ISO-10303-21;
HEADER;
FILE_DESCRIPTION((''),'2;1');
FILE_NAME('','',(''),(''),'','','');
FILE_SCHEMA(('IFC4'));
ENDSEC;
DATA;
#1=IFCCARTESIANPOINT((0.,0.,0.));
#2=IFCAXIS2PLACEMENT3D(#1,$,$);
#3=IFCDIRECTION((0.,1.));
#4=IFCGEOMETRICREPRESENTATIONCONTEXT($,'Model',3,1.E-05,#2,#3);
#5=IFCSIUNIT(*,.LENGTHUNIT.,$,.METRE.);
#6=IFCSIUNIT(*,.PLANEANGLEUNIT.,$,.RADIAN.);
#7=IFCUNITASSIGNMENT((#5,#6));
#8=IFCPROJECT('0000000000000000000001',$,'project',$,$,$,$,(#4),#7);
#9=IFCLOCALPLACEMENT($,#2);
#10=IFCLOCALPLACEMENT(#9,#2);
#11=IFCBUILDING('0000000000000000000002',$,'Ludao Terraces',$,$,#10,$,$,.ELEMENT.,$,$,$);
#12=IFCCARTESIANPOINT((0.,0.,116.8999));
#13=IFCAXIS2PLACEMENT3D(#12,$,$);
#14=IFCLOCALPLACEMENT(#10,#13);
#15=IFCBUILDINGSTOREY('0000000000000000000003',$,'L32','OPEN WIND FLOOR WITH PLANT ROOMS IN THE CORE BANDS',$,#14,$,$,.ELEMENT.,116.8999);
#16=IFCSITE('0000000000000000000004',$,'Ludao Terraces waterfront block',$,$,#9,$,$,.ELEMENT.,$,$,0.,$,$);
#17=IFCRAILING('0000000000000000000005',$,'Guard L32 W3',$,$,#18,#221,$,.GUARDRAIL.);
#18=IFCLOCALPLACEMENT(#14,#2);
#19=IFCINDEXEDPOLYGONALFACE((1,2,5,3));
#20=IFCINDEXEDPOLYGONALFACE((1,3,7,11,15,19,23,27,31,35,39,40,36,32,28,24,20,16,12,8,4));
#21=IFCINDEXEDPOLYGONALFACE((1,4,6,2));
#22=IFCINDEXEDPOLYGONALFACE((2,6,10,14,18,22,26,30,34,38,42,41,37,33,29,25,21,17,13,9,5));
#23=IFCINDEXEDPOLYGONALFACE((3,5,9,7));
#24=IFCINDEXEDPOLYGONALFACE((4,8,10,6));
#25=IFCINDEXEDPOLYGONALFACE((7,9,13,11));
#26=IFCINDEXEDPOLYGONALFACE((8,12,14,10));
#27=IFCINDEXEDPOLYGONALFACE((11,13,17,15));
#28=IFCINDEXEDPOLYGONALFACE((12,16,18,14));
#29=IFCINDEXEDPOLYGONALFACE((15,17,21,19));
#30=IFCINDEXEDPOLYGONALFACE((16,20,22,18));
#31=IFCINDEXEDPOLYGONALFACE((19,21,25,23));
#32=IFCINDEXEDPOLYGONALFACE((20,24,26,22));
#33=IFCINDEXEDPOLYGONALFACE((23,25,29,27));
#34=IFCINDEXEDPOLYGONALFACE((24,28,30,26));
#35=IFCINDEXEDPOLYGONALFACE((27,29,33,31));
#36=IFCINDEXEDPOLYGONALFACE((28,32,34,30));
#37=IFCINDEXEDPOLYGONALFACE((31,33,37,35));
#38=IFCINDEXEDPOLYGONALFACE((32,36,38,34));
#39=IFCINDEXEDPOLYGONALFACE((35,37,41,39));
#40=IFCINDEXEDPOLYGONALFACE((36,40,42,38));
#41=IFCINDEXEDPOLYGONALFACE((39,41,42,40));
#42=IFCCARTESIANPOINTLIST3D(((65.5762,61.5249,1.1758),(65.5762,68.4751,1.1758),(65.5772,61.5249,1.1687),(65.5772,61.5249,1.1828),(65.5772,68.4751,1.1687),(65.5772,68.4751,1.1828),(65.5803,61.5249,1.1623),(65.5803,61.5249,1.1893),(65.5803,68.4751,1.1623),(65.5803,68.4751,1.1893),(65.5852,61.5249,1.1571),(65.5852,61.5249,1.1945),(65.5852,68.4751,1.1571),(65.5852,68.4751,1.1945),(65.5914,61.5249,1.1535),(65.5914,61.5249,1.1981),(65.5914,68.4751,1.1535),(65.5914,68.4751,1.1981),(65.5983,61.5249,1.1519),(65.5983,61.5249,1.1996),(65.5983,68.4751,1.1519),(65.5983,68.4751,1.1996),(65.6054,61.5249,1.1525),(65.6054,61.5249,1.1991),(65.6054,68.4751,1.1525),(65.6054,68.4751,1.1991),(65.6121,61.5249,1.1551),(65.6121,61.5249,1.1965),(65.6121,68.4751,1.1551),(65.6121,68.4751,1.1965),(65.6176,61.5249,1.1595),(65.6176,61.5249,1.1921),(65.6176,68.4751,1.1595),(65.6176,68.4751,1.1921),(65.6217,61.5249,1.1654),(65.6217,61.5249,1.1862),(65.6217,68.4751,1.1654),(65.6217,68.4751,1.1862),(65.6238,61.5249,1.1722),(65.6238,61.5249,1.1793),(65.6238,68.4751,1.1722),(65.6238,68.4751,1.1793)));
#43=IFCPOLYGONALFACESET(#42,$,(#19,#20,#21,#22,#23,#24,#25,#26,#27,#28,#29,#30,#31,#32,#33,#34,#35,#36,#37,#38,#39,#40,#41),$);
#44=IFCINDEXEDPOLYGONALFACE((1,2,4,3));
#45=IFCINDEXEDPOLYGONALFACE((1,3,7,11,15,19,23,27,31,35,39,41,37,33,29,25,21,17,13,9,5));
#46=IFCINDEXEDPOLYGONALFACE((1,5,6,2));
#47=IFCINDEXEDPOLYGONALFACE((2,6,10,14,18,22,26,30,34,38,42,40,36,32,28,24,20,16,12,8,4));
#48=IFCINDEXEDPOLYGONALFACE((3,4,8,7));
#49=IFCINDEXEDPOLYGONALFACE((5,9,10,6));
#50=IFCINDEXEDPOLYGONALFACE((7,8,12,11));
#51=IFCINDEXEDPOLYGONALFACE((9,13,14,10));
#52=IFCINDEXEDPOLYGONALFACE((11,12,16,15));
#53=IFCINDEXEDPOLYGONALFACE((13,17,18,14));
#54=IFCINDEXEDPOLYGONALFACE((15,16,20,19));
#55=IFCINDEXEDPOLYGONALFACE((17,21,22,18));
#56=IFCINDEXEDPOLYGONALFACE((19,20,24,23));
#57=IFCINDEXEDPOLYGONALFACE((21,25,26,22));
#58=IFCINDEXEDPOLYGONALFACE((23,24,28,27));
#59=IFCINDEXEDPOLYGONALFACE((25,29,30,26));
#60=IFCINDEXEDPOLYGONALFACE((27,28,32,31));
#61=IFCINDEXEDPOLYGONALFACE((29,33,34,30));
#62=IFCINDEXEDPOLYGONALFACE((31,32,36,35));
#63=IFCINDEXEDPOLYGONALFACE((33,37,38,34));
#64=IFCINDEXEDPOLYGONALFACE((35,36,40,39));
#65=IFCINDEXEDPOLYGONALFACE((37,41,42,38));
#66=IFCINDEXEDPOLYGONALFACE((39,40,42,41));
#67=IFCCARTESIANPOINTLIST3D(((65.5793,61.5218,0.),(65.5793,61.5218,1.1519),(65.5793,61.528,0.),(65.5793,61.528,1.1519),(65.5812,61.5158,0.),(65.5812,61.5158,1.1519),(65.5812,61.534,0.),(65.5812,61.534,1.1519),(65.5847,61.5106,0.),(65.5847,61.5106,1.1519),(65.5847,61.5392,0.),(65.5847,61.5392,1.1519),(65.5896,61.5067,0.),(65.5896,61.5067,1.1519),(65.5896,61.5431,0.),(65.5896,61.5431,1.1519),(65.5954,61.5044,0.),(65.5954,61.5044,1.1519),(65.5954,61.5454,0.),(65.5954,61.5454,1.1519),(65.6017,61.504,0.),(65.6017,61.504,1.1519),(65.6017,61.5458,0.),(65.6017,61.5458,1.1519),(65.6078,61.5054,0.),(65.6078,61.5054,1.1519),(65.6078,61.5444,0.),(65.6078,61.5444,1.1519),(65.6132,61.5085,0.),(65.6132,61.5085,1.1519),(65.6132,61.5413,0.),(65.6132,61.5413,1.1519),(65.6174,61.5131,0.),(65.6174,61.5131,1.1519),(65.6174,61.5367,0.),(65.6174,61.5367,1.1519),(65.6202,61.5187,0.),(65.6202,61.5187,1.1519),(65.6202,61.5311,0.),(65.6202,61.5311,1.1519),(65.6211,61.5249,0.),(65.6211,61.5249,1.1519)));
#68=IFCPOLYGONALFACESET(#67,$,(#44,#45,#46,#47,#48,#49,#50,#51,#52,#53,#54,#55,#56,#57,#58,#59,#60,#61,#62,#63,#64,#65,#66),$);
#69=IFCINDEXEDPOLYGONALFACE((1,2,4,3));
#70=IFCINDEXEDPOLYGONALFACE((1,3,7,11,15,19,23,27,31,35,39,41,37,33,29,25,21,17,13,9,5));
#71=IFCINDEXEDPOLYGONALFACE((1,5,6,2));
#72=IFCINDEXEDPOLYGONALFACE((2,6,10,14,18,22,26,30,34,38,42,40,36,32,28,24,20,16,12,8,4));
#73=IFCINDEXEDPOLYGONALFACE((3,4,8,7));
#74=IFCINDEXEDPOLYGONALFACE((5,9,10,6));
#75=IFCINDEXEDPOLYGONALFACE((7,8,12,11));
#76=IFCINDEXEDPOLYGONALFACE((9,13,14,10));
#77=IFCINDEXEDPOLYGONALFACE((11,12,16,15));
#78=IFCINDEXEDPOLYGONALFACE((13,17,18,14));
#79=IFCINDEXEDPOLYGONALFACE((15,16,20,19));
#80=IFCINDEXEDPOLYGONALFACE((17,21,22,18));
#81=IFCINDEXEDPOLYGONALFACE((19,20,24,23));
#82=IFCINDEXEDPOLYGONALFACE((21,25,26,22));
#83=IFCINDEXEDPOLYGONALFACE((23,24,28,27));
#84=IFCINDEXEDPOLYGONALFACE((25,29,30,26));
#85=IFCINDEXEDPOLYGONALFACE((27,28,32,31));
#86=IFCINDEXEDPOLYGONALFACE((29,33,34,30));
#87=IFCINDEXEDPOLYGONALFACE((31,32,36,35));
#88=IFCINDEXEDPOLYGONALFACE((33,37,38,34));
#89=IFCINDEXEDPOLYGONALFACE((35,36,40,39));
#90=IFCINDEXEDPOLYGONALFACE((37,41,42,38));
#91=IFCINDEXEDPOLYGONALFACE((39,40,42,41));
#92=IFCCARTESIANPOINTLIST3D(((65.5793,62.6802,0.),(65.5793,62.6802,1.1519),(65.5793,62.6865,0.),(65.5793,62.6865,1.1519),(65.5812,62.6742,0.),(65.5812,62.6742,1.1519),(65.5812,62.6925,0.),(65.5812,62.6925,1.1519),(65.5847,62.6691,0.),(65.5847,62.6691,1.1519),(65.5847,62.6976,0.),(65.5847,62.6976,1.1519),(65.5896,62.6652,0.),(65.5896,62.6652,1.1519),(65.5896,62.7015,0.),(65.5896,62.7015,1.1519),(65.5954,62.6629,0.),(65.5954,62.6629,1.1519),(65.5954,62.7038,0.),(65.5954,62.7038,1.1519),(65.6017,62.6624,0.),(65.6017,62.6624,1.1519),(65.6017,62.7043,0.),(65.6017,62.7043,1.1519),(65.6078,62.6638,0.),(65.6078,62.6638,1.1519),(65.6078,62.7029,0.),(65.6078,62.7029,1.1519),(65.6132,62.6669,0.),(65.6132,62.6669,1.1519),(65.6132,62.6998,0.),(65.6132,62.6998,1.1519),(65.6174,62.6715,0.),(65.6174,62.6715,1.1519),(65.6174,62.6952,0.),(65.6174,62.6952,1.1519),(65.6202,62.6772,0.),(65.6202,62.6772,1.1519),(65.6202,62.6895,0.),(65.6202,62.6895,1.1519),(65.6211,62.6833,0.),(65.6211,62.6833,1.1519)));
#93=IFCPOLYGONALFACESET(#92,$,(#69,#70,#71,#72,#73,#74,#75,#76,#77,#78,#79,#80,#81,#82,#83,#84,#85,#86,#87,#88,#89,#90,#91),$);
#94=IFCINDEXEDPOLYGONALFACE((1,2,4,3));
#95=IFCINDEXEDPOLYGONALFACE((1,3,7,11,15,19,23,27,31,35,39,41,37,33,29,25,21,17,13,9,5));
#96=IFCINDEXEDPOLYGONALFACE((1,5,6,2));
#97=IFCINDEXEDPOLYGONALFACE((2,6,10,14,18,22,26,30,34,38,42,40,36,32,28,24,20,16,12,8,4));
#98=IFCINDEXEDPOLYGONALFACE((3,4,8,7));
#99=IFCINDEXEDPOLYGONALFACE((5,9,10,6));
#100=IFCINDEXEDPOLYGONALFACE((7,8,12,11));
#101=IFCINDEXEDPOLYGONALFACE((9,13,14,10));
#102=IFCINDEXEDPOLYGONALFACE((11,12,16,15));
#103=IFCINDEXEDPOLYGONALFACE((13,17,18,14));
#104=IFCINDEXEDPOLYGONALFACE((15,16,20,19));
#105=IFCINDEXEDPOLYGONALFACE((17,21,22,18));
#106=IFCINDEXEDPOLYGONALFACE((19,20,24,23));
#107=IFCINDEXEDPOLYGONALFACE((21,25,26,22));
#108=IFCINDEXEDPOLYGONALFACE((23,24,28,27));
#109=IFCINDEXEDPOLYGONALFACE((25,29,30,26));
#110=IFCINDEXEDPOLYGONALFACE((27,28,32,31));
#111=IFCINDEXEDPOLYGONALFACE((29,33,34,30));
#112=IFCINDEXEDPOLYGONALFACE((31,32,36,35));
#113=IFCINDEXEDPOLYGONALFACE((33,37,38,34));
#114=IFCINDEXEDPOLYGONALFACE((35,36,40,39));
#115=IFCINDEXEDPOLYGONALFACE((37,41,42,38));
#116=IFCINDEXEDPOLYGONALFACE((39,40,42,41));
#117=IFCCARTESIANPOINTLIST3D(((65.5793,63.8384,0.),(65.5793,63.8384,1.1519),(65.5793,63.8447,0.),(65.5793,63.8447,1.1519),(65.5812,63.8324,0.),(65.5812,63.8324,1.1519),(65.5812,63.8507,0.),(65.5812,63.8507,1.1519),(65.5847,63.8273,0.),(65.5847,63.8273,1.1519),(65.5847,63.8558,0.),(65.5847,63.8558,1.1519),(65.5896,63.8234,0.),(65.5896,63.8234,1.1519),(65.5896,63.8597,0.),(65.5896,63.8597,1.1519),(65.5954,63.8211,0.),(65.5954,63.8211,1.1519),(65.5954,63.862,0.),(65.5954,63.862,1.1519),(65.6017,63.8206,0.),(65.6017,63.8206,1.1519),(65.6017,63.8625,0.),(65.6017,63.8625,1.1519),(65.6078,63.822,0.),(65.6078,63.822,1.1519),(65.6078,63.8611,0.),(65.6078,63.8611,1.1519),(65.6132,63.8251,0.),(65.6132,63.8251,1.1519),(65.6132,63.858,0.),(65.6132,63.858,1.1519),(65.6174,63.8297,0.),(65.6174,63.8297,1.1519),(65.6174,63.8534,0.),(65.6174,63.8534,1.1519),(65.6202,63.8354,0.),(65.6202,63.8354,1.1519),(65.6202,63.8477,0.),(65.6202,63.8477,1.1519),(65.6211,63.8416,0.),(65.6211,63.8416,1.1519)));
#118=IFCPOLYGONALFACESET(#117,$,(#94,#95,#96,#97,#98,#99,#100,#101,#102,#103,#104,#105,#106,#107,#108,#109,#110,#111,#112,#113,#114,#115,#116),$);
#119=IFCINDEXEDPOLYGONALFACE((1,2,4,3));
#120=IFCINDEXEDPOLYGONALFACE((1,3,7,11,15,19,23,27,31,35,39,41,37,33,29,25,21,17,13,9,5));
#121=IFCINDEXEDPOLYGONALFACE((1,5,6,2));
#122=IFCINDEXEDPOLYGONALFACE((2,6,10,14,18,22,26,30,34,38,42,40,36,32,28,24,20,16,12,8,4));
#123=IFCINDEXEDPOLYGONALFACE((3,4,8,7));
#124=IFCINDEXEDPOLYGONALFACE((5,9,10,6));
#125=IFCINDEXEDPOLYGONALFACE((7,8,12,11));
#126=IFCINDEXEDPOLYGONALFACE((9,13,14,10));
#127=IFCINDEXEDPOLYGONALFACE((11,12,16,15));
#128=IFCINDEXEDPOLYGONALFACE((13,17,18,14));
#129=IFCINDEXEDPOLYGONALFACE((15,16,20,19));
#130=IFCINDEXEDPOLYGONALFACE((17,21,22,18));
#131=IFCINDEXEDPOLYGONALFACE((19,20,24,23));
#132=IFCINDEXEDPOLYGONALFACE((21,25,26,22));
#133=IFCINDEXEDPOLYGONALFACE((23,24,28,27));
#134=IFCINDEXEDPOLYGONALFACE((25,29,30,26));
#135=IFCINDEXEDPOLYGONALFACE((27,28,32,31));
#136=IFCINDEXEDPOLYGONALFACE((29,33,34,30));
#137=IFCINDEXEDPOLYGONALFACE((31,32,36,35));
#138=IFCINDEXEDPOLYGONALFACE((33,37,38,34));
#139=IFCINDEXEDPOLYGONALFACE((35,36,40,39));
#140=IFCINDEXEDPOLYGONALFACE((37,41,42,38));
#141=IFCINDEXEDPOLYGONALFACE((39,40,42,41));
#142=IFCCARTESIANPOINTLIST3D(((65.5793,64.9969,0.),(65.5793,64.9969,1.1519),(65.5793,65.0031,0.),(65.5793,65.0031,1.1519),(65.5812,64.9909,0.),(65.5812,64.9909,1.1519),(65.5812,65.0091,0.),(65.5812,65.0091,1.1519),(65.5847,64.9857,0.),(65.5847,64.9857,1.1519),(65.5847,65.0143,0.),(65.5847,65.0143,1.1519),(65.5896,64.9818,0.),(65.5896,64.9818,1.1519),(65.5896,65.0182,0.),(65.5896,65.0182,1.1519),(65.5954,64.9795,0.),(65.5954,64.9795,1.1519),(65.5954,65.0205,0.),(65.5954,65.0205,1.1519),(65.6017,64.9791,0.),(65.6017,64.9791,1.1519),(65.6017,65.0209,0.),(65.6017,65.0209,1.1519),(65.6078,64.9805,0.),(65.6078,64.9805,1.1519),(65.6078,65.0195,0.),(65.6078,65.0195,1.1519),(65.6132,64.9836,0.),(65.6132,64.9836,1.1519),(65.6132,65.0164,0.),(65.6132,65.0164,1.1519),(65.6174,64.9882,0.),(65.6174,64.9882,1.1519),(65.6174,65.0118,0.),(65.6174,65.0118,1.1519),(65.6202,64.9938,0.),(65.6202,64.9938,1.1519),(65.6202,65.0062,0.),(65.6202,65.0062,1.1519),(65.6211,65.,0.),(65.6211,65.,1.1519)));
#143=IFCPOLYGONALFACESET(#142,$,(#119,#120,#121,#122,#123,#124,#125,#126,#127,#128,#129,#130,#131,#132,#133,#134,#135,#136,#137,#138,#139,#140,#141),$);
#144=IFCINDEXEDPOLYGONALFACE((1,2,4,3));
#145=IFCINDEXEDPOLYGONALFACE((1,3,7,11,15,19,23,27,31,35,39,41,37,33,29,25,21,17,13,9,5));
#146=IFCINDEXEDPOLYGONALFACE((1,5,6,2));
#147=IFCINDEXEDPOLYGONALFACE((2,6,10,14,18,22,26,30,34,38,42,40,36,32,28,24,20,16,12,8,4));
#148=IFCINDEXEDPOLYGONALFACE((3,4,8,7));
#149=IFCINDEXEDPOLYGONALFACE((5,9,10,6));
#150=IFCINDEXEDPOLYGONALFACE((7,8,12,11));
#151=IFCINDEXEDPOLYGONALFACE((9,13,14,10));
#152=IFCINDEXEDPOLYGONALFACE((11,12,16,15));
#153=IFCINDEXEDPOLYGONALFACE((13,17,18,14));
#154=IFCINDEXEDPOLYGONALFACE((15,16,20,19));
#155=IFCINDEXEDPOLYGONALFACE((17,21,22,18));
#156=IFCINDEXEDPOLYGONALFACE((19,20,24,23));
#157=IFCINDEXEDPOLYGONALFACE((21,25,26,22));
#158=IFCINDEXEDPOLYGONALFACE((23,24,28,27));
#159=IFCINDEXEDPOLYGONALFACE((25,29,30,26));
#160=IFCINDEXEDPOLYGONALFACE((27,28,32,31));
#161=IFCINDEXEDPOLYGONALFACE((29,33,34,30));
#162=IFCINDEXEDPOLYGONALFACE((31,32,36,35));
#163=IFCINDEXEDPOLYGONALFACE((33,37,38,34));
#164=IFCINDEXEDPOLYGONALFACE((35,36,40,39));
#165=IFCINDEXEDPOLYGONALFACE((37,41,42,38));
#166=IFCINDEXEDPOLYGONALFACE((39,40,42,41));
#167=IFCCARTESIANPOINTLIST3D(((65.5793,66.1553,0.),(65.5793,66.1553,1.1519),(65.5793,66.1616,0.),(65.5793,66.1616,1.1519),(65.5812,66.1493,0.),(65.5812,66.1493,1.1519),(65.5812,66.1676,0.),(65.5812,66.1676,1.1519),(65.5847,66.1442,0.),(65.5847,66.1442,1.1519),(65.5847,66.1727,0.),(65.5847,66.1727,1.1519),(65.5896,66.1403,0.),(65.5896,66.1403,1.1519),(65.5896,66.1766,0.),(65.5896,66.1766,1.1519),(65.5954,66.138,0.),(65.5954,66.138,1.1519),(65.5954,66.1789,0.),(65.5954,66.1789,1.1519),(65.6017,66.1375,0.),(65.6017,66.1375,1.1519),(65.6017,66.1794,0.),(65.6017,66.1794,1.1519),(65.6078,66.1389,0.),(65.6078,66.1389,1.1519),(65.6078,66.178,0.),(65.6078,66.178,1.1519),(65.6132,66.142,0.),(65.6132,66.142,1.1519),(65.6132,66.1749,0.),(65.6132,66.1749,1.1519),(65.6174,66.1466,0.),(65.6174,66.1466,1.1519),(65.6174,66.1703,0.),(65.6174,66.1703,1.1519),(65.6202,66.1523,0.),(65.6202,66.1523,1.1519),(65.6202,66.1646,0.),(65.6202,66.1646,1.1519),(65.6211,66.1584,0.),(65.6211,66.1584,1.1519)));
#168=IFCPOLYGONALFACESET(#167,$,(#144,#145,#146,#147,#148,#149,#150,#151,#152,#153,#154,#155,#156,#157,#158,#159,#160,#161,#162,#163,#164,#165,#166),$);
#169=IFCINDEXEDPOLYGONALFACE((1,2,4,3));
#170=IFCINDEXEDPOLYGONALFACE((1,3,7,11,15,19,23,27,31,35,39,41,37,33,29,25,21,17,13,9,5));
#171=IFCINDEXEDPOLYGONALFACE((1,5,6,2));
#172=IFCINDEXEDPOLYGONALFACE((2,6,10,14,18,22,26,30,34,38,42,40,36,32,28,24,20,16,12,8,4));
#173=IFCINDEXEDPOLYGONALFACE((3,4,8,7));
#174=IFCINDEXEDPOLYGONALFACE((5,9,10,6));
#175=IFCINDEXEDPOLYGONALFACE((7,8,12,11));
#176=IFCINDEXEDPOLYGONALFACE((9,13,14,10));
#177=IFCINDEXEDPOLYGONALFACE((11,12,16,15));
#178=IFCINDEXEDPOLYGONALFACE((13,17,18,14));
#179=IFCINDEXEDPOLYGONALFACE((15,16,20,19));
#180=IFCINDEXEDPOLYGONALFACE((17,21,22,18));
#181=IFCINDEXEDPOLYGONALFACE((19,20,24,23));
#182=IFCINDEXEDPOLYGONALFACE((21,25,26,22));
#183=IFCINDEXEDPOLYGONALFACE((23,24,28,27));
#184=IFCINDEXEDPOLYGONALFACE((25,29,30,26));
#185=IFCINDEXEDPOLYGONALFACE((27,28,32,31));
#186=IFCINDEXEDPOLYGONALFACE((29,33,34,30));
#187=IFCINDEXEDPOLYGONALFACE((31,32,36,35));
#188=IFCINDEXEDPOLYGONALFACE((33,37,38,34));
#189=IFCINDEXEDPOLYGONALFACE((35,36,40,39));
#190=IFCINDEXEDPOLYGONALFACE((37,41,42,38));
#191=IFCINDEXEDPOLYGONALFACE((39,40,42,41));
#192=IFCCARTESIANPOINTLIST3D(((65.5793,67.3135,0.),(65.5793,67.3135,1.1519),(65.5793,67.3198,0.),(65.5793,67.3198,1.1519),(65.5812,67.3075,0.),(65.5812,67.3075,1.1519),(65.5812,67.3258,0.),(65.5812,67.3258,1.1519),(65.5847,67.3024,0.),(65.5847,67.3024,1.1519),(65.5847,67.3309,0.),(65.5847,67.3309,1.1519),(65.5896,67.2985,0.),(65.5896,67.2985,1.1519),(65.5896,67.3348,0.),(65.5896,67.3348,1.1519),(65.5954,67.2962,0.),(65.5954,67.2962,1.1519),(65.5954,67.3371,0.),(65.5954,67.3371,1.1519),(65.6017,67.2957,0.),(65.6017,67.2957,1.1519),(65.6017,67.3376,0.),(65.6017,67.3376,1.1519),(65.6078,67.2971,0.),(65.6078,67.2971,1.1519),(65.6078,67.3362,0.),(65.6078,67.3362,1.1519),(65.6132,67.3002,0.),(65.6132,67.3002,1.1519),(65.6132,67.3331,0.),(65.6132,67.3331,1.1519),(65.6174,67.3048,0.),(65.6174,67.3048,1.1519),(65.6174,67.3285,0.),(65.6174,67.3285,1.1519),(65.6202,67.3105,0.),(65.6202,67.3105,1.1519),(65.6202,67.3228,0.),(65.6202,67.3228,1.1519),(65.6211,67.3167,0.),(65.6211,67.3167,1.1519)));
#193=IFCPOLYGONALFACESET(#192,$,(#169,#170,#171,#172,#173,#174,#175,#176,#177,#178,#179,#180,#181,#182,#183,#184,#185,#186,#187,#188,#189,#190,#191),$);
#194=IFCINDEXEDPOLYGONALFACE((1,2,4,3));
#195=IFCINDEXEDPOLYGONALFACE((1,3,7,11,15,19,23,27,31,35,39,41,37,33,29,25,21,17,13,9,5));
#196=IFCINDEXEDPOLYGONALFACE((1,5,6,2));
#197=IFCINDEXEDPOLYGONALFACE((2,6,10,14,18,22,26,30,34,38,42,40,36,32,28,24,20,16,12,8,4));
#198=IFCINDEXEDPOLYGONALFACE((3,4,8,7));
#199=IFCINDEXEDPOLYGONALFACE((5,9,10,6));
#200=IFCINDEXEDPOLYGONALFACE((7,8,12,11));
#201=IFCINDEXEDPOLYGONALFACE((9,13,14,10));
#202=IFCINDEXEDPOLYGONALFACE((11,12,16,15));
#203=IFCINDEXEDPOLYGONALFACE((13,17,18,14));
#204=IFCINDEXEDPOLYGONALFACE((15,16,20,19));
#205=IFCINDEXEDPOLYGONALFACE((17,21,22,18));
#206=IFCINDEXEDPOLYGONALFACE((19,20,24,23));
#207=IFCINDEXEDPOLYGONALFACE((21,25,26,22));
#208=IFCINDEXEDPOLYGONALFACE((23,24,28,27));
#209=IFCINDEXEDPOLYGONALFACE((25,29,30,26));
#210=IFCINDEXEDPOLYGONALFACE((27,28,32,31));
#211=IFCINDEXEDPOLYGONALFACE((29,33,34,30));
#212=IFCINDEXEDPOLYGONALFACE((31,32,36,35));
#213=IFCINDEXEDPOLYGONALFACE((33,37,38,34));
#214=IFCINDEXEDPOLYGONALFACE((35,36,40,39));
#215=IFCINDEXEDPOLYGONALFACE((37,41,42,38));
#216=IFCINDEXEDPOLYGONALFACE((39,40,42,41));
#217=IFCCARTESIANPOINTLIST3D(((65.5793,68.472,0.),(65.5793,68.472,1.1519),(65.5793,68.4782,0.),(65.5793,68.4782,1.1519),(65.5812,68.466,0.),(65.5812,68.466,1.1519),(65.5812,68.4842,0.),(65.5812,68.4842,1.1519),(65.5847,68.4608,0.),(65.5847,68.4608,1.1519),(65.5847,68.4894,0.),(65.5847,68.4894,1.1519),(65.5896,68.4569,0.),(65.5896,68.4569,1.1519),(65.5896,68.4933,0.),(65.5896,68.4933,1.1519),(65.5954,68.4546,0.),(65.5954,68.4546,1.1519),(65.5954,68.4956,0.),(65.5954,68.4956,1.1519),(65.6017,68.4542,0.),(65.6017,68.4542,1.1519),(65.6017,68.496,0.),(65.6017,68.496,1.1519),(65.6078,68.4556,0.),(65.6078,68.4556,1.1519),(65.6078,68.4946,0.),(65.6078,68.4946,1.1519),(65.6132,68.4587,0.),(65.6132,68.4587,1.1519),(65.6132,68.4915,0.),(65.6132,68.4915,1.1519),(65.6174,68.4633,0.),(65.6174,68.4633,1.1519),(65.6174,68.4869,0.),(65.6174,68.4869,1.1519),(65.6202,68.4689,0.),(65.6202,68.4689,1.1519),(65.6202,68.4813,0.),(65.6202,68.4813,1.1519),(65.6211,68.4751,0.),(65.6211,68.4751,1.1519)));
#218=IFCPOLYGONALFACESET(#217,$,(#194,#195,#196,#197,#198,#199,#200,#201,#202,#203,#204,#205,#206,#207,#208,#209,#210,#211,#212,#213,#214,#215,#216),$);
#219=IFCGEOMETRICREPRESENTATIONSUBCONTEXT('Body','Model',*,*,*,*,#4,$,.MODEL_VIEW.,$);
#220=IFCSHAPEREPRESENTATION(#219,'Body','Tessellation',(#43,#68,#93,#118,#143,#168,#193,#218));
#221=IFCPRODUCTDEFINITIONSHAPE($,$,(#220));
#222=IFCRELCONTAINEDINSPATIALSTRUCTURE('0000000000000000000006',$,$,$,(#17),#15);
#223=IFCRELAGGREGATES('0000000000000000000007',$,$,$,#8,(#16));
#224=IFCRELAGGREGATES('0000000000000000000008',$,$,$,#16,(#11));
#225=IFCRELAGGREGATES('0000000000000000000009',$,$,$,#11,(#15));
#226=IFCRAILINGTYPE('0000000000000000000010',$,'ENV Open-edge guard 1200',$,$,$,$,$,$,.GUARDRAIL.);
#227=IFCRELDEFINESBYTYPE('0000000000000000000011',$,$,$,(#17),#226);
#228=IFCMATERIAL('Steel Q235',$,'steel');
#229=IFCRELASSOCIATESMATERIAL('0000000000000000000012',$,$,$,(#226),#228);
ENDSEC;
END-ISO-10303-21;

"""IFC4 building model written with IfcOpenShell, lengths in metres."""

from ifc_helpers import new_model, si_unit, direction, frame, origin, origin_2d, place, context, subcontext, project, spatial, circle, extrude, material, type_object, element, save


model = new_model("IFC4")

# Units and contexts
model_context = context("Model", 3, precision=1e-05, world=origin(), true_north=direction((0.0, 1.0)))
body_context = subcontext(model_context, "Body", "Model", "MODEL_VIEW")
ifc_project = project(units=[si_unit("LENGTHUNIT", "METRE"), si_unit("PLANEANGLEUNIT", "RADIAN")], contexts=[model_context])

# Site, building, storey
site_placement = place(None, origin())
site = spatial("IfcSite", under=ifc_project, at=site_placement, Name="Ludao Terraces waterfront block", CompositionType="ELEMENT", RefElevation=0.0)
building_placement = place(site_placement, origin())
building = spatial("IfcBuilding", under=site, at=building_placement, Name="Ludao Terraces", CompositionType="ELEMENT")
storey_placement = place(building_placement, frame((0.0, 0.0, 116.8999)))
storey = spatial("IfcBuildingStorey", under=building, at=storey_placement, Name="L32", Description="OPEN WIND FLOOR WITH PLANT ROOMS IN THE CORE BANDS", CompositionType="ELEMENT", Elevation=116.8999)

# Railing
ifc_material_1 = material(Name="Steel Q235", Category="steel")
railing_type = type_object("IfcRailingType", Name="ENV Open-edge guard 1200", PredefinedType="GUARDRAIL", material=ifc_material_1)
railing_1_placement = place(storey_placement, frame((65.6001, 61.5249, 0.0)))
element("IfcRailing", 1, at=railing_1_placement, inside=storey, type_object=railing_type, Name="Guard L32 W3", PredefinedType="GUARDRAIL", context=body_context, shape_type="SweptSolid", body=[
    extrude(circle(Radius=0.0239, at=origin_2d()), frame((0.0, 0.0, 1.1758), z_axis=(0.0, 1.0, 0.0), x_axis=(-1.0, 0.0, 0.0)), (0.0, 0.0, 1.0), 6.9502),
    extrude(circle(Radius=0.021, at=origin_2d()), origin(), (0.0, 0.0, 1.0), 1.1519),
    extrude(circle(Radius=0.021, at=origin_2d()), frame((0.0, 1.1584, 0.0)), (0.0, 0.0, 1.0), 1.1519),
    extrude(circle(Radius=0.021, at=origin_2d()), frame((0.0, 2.3167, 0.0)), (0.0, 0.0, 1.0), 1.1519),
    extrude(circle(Radius=0.021, at=origin_2d()), frame((0.0, 3.4751, 0.0)), (0.0, 0.0, 1.0), 1.1519),
    extrude(circle(Radius=0.021, at=origin_2d()), frame((0.0, 4.6335, 0.0)), (0.0, 0.0, 1.0), 1.1519),
    extrude(circle(Radius=0.021, at=origin_2d()), frame((0.0, 5.7917, 0.0)), (0.0, 0.0, 1.0), 1.1519),
    extrude(circle(Radius=0.021, at=origin_2d()), frame((0.0, 6.9502, 0.0)), (0.0, 0.0, 1.0), 1.1519),
])

save(model, "model.ifc")
